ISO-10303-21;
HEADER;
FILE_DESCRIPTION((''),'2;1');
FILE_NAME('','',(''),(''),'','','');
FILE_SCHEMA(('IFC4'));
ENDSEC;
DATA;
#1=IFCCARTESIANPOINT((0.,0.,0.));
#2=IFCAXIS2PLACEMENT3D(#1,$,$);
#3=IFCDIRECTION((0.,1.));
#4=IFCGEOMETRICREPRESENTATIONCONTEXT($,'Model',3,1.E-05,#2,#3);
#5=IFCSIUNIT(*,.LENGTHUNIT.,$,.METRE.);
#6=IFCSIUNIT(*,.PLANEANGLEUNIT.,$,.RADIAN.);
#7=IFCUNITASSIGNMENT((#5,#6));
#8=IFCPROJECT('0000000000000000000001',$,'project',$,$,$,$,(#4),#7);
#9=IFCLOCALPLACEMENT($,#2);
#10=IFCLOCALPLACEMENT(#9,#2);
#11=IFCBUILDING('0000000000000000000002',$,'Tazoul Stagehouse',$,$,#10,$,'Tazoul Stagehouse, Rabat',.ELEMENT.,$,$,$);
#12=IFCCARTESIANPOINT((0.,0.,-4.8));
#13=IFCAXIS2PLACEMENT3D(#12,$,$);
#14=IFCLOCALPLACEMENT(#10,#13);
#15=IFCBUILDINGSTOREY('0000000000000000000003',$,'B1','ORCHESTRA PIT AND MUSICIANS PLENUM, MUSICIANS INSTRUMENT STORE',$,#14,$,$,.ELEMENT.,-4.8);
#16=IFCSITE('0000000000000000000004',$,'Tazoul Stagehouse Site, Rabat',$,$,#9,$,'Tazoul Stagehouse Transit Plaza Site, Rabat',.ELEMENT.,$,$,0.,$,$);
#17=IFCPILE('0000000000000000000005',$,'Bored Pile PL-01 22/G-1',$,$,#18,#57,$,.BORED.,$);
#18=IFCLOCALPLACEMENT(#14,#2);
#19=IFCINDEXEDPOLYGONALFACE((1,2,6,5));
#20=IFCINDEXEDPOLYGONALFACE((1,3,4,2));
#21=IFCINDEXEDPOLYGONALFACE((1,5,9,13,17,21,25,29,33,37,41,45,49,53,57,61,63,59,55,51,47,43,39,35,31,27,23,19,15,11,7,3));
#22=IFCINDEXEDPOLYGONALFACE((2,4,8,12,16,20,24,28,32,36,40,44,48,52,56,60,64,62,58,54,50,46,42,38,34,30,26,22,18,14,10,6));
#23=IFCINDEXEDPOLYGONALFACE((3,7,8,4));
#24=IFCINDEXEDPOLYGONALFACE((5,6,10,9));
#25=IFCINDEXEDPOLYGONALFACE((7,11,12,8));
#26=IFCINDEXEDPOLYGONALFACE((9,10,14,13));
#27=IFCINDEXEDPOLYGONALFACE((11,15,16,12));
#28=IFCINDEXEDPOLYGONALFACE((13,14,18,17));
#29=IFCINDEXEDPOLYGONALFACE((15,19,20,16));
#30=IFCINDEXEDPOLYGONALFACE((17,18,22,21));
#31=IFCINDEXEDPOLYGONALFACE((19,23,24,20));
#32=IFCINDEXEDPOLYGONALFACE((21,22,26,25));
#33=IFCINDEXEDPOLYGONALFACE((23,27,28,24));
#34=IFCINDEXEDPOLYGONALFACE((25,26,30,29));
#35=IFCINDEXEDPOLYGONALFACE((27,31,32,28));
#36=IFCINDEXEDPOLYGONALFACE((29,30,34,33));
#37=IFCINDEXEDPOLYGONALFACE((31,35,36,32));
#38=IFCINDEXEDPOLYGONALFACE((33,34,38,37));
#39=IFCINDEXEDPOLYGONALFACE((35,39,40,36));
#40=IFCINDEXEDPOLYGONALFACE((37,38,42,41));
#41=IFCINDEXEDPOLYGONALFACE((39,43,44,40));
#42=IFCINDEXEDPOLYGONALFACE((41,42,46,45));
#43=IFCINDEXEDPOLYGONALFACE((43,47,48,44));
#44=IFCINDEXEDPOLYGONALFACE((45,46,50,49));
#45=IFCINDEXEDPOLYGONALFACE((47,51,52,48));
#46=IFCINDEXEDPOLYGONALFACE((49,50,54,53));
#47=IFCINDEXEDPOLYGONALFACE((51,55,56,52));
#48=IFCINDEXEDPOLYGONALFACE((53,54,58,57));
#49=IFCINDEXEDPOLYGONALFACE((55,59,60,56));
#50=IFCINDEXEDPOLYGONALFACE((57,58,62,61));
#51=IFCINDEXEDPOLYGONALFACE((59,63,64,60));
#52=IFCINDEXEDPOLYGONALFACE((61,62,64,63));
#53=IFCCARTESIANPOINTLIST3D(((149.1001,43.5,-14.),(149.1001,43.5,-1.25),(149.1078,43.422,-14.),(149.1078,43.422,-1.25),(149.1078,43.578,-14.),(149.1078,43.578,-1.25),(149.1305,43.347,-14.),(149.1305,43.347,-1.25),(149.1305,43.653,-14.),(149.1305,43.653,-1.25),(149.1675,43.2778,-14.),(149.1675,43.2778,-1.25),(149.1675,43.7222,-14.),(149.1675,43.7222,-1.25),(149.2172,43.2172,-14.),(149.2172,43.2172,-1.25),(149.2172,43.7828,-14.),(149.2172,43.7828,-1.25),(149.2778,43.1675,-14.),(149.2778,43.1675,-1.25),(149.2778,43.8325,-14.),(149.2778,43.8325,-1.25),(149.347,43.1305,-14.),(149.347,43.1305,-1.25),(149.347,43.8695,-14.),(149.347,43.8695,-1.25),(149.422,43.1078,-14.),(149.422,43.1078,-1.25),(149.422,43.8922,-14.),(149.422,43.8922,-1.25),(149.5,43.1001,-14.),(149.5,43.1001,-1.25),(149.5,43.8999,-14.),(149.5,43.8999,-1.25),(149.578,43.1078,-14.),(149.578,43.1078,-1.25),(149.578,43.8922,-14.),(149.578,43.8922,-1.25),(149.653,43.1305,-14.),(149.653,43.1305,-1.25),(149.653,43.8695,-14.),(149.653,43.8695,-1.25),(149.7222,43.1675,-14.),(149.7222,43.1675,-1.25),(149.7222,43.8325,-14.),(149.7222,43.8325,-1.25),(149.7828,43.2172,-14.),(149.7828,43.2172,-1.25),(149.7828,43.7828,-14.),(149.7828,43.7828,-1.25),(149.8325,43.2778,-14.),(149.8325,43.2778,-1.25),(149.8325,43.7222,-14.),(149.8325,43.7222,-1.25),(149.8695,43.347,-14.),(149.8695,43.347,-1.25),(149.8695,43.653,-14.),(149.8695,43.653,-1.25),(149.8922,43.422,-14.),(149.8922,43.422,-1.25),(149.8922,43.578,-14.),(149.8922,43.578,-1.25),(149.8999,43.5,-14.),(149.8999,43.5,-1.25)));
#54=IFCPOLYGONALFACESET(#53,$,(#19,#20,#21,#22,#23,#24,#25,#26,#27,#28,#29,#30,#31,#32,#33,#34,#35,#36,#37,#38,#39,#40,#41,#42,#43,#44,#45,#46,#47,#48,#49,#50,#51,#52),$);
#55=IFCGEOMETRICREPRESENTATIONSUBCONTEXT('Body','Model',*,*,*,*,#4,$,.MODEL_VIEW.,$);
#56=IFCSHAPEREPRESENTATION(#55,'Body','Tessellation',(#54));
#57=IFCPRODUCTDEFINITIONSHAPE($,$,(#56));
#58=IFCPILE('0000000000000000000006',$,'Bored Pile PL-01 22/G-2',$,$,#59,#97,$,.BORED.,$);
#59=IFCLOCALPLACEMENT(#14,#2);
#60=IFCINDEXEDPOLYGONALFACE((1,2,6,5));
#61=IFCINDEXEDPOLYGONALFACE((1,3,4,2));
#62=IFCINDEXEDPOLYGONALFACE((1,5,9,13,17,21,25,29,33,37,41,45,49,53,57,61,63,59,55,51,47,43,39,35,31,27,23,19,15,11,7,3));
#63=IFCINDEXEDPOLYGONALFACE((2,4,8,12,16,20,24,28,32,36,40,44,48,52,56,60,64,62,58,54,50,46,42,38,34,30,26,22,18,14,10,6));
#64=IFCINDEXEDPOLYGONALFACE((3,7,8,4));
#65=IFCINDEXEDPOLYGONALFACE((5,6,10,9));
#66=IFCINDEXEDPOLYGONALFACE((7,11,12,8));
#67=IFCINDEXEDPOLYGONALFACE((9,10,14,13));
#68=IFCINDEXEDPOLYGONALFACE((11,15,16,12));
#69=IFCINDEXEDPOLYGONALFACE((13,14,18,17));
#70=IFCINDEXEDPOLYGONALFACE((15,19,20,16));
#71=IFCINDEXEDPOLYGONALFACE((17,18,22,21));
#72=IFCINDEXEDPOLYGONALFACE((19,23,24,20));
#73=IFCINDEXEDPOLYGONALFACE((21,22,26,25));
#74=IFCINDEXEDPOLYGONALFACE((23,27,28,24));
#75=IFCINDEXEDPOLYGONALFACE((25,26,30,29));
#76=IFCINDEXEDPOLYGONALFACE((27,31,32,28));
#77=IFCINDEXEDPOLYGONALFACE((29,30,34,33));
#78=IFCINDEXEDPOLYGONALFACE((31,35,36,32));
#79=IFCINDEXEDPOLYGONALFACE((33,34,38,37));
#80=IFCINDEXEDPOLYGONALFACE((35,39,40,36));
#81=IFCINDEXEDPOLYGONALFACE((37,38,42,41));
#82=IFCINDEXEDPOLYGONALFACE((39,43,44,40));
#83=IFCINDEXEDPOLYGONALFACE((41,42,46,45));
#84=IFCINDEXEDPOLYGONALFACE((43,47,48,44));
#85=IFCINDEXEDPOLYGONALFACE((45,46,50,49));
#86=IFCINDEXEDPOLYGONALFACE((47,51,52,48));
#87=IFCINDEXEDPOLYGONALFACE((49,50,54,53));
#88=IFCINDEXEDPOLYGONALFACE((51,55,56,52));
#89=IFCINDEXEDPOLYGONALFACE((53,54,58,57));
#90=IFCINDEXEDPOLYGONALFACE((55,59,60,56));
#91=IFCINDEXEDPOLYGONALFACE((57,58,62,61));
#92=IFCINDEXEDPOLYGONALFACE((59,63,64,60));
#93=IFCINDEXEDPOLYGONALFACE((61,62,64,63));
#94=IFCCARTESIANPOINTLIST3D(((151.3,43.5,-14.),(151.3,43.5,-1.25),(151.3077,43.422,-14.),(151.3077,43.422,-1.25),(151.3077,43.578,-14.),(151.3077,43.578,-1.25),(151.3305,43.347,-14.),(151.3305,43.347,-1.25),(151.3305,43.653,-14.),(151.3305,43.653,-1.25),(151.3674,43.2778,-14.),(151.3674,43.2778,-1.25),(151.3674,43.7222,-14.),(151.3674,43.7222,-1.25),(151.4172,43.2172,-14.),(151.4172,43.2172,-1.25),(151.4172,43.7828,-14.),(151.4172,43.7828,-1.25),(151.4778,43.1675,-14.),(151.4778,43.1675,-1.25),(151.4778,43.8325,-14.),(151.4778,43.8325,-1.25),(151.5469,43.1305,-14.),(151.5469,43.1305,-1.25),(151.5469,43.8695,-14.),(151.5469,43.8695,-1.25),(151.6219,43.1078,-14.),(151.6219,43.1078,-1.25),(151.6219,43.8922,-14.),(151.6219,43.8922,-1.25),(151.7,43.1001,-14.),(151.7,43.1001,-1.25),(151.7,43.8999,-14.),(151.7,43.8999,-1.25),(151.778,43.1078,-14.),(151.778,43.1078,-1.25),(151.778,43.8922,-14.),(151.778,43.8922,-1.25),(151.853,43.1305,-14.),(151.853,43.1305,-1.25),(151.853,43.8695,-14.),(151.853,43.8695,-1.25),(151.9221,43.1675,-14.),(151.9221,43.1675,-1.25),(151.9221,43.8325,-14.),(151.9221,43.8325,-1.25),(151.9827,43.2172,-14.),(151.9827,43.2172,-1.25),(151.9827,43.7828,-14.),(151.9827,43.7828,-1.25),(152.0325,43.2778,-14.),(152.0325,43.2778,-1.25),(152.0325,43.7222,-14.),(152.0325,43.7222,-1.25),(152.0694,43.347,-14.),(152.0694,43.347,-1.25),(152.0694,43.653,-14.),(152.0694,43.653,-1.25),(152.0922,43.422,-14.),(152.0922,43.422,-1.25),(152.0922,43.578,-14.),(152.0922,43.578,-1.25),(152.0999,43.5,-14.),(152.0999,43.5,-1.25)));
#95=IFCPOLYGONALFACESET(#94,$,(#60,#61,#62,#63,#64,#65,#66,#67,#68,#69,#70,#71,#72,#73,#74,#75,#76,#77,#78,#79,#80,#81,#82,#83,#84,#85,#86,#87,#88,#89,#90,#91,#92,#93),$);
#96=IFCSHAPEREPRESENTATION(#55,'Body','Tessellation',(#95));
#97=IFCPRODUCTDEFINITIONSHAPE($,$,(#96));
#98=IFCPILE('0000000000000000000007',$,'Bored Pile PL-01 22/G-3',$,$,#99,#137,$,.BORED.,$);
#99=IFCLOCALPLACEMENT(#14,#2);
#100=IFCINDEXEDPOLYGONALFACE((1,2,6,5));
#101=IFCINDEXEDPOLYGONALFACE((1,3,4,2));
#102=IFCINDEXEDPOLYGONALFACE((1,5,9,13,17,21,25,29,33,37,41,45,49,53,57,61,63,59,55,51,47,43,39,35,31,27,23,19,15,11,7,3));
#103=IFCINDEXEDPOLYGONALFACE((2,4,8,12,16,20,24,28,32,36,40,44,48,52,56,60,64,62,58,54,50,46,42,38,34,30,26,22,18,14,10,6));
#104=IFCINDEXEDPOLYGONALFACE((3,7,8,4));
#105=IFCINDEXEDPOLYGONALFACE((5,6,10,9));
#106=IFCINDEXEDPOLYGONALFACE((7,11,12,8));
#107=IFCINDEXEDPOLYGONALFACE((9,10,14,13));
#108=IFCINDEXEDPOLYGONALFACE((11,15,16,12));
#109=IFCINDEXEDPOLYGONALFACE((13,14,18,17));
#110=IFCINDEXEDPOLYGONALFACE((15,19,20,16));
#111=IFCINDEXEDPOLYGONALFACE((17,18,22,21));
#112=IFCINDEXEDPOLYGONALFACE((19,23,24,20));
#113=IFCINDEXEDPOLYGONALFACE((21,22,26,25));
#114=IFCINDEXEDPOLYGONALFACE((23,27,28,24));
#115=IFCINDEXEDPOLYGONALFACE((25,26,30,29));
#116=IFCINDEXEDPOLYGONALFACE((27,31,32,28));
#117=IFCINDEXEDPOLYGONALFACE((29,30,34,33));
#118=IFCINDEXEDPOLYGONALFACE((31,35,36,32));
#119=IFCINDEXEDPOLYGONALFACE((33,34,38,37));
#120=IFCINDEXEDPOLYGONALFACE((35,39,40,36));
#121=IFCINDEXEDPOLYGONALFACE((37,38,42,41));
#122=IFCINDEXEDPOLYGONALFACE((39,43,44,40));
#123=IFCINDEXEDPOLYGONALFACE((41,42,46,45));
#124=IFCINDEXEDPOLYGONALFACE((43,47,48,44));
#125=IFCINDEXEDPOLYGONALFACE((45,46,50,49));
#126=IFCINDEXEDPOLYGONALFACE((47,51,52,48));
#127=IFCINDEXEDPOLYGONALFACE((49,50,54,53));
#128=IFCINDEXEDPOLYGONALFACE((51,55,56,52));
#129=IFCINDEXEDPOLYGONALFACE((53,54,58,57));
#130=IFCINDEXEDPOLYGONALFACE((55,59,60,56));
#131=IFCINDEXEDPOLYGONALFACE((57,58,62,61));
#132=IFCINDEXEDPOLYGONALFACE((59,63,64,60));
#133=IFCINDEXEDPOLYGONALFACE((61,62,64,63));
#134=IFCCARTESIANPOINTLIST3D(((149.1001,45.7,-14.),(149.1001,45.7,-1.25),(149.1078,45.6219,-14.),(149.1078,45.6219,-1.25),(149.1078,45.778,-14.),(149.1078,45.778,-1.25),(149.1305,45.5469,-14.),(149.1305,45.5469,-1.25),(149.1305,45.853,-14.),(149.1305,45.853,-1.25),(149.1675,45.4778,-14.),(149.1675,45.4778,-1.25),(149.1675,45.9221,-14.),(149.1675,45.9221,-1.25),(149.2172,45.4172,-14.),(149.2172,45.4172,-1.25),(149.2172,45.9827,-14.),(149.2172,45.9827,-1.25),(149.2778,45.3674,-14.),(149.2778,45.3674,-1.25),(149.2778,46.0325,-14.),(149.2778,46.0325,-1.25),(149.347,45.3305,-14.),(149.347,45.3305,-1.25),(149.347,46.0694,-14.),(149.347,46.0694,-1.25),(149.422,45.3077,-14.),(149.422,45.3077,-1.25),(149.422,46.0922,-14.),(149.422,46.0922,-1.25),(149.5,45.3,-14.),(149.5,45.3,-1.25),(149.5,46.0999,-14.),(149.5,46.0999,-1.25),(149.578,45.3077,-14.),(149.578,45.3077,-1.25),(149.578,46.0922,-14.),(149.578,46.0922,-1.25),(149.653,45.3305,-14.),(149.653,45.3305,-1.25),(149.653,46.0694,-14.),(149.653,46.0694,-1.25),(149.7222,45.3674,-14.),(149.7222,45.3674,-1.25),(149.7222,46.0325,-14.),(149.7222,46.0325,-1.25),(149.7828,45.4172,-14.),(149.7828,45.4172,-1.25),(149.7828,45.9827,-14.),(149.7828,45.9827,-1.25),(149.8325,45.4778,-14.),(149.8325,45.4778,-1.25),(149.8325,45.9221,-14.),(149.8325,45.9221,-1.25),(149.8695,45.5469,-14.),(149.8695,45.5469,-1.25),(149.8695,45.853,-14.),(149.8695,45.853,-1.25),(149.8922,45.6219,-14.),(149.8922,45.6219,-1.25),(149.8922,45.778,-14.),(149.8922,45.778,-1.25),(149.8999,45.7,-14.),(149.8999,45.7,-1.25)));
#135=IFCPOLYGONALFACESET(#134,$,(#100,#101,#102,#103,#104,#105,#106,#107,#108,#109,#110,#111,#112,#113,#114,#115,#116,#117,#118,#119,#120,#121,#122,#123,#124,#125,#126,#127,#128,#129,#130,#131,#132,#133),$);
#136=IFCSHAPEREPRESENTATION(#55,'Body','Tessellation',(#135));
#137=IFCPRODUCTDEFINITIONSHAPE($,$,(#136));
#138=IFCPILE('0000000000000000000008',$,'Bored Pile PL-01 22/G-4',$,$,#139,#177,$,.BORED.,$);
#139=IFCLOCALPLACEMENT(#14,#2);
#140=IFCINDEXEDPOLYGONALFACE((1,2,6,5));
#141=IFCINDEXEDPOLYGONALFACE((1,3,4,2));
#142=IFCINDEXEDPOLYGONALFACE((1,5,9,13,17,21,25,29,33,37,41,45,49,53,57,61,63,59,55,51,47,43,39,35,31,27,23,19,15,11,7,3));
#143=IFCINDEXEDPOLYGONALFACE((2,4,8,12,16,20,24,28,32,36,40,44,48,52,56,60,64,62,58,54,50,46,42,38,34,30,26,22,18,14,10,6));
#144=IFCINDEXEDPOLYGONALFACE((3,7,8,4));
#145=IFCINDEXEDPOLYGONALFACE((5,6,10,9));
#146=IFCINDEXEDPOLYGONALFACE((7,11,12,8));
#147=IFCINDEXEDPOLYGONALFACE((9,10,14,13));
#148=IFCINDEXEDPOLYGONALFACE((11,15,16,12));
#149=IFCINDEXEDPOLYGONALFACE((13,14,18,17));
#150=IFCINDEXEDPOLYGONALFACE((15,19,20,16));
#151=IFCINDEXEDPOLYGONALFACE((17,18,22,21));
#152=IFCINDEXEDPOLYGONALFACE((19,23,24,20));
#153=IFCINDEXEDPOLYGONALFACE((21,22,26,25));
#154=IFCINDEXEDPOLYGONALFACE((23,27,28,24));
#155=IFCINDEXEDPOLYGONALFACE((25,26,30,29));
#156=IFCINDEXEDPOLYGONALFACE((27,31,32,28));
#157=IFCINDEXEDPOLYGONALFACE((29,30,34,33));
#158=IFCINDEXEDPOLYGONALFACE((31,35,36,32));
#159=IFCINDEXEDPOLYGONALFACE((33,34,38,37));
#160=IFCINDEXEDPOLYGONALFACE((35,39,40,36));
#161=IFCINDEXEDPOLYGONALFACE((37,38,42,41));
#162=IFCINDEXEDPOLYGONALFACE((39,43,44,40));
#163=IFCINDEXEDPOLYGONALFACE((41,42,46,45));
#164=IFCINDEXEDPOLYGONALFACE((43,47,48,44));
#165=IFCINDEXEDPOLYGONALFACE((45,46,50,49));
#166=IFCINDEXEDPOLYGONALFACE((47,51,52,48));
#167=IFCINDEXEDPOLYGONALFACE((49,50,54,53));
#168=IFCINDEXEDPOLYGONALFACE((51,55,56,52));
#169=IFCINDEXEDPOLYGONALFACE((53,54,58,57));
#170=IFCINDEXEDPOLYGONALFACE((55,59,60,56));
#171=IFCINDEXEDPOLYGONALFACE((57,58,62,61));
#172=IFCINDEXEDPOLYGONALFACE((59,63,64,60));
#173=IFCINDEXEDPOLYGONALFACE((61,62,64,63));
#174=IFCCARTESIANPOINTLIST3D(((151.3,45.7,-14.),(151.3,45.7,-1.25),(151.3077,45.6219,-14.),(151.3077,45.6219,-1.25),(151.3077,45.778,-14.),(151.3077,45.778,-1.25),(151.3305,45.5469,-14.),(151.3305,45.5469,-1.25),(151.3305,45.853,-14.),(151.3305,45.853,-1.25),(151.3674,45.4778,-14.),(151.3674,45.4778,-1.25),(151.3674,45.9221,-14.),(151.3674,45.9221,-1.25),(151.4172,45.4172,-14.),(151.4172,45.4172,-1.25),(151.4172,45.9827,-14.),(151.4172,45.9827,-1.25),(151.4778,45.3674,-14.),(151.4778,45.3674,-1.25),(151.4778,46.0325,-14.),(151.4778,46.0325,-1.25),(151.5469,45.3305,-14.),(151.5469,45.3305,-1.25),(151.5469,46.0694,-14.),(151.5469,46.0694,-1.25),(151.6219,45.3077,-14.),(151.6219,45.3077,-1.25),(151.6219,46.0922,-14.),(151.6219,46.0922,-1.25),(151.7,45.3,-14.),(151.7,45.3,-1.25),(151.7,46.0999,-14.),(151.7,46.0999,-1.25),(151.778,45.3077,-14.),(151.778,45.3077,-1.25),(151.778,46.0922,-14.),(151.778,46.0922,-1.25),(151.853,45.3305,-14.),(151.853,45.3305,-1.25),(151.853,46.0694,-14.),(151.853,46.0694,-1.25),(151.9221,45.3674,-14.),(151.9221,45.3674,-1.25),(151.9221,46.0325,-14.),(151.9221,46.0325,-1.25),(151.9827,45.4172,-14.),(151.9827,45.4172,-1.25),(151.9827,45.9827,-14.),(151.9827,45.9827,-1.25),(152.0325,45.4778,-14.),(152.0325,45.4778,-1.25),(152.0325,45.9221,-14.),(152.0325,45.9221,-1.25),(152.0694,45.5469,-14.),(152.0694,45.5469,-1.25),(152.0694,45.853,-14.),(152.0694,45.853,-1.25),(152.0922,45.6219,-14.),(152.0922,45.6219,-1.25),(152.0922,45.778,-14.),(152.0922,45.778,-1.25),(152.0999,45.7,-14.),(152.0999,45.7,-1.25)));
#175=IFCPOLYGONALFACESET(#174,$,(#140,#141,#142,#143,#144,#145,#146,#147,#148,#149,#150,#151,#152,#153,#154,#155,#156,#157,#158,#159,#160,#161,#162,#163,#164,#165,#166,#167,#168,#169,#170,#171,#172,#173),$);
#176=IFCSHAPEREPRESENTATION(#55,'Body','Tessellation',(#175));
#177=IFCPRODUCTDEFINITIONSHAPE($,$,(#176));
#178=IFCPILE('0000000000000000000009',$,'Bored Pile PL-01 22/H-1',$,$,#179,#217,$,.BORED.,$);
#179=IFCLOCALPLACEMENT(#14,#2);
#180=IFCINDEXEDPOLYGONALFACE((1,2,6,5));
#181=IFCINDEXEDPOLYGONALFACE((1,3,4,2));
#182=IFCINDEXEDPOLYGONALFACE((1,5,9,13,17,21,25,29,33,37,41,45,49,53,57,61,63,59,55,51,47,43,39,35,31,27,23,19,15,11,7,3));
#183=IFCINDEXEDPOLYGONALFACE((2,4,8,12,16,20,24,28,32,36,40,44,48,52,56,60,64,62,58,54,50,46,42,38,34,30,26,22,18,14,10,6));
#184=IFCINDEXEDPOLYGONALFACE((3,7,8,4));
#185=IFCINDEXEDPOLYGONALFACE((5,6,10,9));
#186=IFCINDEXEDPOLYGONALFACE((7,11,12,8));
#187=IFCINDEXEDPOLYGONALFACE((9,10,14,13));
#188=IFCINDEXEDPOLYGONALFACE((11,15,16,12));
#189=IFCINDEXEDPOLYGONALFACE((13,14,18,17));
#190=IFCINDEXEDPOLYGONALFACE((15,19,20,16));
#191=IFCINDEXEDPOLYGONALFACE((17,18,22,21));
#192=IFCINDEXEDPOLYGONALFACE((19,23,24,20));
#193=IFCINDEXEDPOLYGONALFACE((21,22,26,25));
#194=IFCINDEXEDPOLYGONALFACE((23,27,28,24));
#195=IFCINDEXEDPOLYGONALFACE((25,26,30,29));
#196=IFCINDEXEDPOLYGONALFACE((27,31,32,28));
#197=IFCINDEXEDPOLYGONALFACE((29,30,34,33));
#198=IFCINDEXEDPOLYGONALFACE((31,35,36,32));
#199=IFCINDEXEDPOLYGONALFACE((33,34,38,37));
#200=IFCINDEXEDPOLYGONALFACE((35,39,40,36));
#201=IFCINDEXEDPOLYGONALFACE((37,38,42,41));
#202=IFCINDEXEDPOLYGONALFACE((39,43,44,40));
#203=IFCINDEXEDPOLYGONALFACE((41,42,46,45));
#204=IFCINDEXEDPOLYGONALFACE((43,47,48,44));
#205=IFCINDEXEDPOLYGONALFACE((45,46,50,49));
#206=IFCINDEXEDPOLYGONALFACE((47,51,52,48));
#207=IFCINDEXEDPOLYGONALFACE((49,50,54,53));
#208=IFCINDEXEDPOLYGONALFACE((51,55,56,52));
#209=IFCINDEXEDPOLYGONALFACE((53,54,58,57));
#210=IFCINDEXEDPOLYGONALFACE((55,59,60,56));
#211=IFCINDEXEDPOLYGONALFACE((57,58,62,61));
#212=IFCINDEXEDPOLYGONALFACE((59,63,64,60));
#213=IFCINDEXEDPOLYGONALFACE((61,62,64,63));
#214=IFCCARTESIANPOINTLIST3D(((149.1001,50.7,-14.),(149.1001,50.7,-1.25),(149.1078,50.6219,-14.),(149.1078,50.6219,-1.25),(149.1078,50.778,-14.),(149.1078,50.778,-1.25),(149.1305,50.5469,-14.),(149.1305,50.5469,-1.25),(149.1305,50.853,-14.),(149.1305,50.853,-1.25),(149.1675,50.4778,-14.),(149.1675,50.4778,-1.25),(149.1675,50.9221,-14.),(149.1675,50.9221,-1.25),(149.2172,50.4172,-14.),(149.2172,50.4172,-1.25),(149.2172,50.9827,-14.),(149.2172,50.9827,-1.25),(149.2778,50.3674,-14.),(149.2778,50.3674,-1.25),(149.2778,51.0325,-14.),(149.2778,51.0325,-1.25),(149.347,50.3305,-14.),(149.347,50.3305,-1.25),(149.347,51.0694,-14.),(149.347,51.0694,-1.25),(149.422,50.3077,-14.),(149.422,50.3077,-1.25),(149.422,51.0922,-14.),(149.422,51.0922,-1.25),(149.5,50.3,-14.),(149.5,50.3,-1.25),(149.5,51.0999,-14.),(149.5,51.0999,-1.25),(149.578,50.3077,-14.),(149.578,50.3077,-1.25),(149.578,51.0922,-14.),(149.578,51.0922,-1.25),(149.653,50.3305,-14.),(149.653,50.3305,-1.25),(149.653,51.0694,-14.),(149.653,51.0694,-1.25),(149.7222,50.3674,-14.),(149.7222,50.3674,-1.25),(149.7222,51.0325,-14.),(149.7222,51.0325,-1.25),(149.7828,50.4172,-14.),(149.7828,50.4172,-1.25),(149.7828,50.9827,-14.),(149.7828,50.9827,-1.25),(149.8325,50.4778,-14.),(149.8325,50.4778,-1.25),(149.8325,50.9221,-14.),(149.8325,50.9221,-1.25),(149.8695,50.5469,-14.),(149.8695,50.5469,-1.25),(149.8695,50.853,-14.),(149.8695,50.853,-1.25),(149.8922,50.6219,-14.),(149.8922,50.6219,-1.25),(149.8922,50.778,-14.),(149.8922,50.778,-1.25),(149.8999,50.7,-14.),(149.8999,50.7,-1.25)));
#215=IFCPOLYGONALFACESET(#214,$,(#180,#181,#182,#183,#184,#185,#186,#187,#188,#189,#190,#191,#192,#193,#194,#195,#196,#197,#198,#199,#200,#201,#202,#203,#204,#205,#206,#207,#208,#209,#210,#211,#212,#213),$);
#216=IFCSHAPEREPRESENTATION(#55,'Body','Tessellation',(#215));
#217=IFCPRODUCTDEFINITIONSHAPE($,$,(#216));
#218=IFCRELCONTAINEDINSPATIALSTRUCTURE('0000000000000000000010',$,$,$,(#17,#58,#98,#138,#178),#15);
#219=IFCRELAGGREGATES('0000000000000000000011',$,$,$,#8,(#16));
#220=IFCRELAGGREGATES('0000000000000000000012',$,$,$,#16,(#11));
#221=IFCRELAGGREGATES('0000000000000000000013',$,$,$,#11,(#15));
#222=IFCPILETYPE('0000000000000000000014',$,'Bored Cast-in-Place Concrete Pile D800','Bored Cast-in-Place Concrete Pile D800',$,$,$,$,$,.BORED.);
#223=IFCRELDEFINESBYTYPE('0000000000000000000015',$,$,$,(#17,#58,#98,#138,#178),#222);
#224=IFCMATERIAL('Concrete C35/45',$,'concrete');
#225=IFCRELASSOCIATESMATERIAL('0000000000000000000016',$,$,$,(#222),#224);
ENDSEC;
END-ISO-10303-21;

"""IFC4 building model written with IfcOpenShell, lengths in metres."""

from ifc_helpers import new_model, si_unit, direction, frame, origin, origin_2d, place, context, subcontext, project, spatial, circle, extrude, material, material_profile, profile_set, type_object, element, save


model = new_model("IFC4")

# Units and contexts
model_context = context("Model", 3, precision=1e-05, world=origin(), true_north=direction((0.0, 1.0)))
body_context = subcontext(model_context, "Body", "Model", "MODEL_VIEW")
ifc_project = project(units=[si_unit("LENGTHUNIT", "METRE"), si_unit("PLANEANGLEUNIT", "RADIAN")], contexts=[model_context])

# Site, building, storey
site_placement = place(None, origin())
site = spatial("IfcSite", under=ifc_project, at=site_placement, Name="Tazoul Stagehouse Site, Rabat", LongName="Tazoul Stagehouse Transit Plaza Site, Rabat", CompositionType="ELEMENT", RefElevation=0.0)
building_placement = place(site_placement, origin())
building = spatial("IfcBuilding", under=site, at=building_placement, Name="Tazoul Stagehouse", LongName="Tazoul Stagehouse, Rabat", CompositionType="ELEMENT")
storey_placement = place(building_placement, frame((0.0, 0.0, -4.8)))
storey = spatial("IfcBuildingStorey", under=building, at=storey_placement, Name="B1", Description="ORCHESTRA PIT AND MUSICIANS PLENUM, MUSICIANS INSTRUMENT STORE", CompositionType="ELEMENT", Elevation=-4.8)

# Piles
ifc_material_1 = material(Name="Concrete C35/45", Category="concrete")
ifc_material_profile_1 = material_profile(ifc_material_1, circle(Radius=0.3999, at=origin_2d()), Name="BORED PILE 800")
ifc_profile_set_1 = profile_set([ifc_material_profile_1], Name="Concrete C35/45")
pile_type = type_object("IfcPileType", Name="Bored Cast-in-Place Concrete Pile D800", Description="Bored Cast-in-Place Concrete Pile D800", PredefinedType="BORED", material=ifc_profile_set_1)
for number, where, z_axis, x_axis, name in (
    (1, (149.5, 43.5, -1.25), (0.0, 0.0, -1.0), (1.0, 0.0, 0.0), "Bored Pile PL-01 22/G-1"),
    (2, (151.7, 43.5, -1.25), (0.0, 0.0, -1.0), (1.0, 0.0, 0.0), "Bored Pile PL-01 22/G-2"),
    (3, (149.5, 45.7, -1.25), (0.0, 0.0, -1.0), (1.0, 0.0, 0.0), "Bored Pile PL-01 22/G-3"),
    (4, (151.7, 45.7, -1.25), (0.0, 0.0, -1.0), (1.0, 0.0, 0.0), "Bored Pile PL-01 22/G-4"),
    (5, (149.5, 50.7, -1.25), (0.0, 0.0, -1.0), (1.0, 0.0, 0.0), "Bored Pile PL-01 22/H-1"),
):
    element("IfcPile", number, at=place(storey_placement, frame(where, z_axis=z_axis, x_axis=x_axis)), inside=storey, type_object=pile_type, Name=name, PredefinedType="BORED", context=body_context, shape_type="SweptSolid", body=[
        extrude(circle(Radius=0.3999, at=origin_2d()), origin(), (0.0, 0.0, 1.0), 12.75),
    ])

save(model, "model.ifc")
